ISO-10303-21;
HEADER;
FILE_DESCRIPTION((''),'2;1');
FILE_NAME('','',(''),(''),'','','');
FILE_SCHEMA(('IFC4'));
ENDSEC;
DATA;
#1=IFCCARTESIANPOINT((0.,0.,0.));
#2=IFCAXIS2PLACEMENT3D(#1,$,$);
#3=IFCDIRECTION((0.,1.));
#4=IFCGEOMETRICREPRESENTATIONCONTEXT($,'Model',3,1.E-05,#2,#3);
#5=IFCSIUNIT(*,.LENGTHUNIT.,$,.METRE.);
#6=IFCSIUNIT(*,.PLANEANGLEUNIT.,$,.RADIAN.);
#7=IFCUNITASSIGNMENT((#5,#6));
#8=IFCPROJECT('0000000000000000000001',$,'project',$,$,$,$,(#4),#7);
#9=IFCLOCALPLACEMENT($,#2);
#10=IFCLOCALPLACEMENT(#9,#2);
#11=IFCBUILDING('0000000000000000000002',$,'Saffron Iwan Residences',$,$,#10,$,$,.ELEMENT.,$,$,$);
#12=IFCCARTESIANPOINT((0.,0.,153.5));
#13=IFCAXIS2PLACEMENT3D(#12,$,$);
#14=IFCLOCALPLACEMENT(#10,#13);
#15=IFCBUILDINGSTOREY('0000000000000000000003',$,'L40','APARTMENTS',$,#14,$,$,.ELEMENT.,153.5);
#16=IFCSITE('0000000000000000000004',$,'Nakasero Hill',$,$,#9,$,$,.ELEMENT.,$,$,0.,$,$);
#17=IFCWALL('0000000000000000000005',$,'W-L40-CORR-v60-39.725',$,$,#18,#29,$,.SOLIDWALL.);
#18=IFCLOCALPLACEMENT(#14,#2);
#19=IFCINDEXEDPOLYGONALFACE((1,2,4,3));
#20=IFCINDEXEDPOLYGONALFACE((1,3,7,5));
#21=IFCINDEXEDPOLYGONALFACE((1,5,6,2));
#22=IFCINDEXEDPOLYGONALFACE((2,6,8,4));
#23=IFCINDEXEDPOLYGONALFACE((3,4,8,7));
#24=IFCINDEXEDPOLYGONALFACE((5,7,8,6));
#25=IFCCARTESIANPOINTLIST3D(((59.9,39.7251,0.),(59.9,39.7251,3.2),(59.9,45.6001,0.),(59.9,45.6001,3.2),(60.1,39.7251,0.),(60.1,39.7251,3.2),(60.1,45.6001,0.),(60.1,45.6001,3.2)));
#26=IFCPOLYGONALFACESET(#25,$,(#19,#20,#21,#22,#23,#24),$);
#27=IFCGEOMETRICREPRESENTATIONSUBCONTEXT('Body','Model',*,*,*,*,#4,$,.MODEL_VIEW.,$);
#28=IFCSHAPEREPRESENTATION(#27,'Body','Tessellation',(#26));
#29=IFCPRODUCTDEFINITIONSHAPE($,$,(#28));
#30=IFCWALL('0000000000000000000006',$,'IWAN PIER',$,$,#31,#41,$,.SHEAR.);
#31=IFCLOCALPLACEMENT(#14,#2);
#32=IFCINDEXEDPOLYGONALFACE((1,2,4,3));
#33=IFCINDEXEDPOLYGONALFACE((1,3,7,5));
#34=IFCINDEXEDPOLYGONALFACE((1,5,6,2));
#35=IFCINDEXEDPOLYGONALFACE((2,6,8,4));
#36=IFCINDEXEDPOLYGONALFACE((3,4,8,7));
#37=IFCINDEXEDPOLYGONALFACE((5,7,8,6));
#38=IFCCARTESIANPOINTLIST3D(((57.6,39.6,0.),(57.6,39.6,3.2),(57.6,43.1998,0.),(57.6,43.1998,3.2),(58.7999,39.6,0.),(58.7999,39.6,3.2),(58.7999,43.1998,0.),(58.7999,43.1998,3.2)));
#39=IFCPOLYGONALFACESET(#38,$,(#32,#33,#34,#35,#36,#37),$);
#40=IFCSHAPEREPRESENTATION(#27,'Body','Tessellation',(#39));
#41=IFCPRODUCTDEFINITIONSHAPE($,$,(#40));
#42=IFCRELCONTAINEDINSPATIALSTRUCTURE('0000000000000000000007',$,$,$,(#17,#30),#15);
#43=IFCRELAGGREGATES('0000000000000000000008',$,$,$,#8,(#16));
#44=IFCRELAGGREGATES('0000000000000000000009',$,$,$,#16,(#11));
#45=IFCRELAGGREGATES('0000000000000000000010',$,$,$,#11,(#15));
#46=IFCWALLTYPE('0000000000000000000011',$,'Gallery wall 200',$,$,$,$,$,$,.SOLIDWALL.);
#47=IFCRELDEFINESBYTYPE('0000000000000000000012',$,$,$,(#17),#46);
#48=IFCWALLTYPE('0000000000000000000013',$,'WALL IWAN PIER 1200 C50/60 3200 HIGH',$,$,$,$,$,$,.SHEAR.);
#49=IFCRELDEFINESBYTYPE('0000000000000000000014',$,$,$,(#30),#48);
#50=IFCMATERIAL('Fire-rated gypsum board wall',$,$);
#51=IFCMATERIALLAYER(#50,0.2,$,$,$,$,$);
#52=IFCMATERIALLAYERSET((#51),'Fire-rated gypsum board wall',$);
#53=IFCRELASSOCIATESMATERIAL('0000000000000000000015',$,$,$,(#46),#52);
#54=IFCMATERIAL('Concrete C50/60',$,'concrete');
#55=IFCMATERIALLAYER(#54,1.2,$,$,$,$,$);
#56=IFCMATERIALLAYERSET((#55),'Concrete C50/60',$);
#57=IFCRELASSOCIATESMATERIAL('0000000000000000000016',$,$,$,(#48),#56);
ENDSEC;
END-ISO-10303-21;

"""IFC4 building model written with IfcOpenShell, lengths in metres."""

from ifc_helpers import new_model, si_unit, direction, frame, frame_2d, origin, place, context, subcontext, project, spatial, rectangle, extrude, material, layer, layer_set, type_object, element, save


model = new_model("IFC4")

# Units and contexts
model_context = context("Model", 3, precision=1e-05, world=origin(), true_north=direction((0.0, 1.0)))
body_context = subcontext(model_context, "Body", "Model", "MODEL_VIEW")
ifc_project = project(units=[si_unit("LENGTHUNIT", "METRE"), si_unit("PLANEANGLEUNIT", "RADIAN")], contexts=[model_context])

# Site, building, storey
site_placement = place(None, origin())
site = spatial("IfcSite", under=ifc_project, at=site_placement, Name="Nakasero Hill", CompositionType="ELEMENT", RefElevation=0.0)
building_placement = place(site_placement, origin())
building = spatial("IfcBuilding", under=site, at=building_placement, Name="Saffron Iwan Residences", CompositionType="ELEMENT")
storey_placement = place(building_placement, frame((0.0, 0.0, 153.5)))
storey = spatial("IfcBuildingStorey", under=building, at=storey_placement, Name="L40", Description="APARTMENTS", CompositionType="ELEMENT", Elevation=153.5)

# Shared definitions
ifc_material_1 = material(Name="Concrete C50/60", Category="concrete")

# Walls
ifc_material_2 = material(Name="Fire-rated gypsum board wall")
ifc_layer_1 = layer(ifc_material_2, 0.2)
ifc_layer_set_1 = layer_set([ifc_layer_1], Name="Fire-rated gypsum board wall")
wall_type_1 = type_object("IfcWallType", Name="Gallery wall 200", PredefinedType="SOLIDWALL", material=ifc_layer_set_1)
wall_1_placement = place(storey_placement, frame((60.0, 39.7251, 0.0), z_axis=(0.0, 0.0, 1.0), x_axis=(0.0, 1.0, 0.0)))
element("IfcWall", 1, at=wall_1_placement, inside=storey, type_object=wall_type_1, Name="W-L40-CORR-v60-39.725", PredefinedType="SOLIDWALL", context=body_context, shape_type="SweptSolid", body=[
    extrude(rectangle(XDim=5.875, YDim=0.2, at=frame_2d((2.9375, 0.0))), origin(), (0.0, 0.0, 1.0), 3.2),
])
ifc_layer_2 = layer(ifc_material_1, 1.2)
ifc_layer_set_2 = layer_set([ifc_layer_2], Name="Concrete C50/60")
wall_type_2 = type_object("IfcWallType", Name="WALL IWAN PIER 1200 C50/60 3200 HIGH", PredefinedType="SHEAR", material=ifc_layer_set_2)
wall_2_placement = place(storey_placement, frame((58.2, 39.6001, 0.0), z_axis=(0.0, 0.0, 1.0), x_axis=(0.0, 1.0, 0.0)))
element("IfcWall", 2, at=wall_2_placement, inside=storey, type_object=wall_type_2, Name="IWAN PIER", PredefinedType="SHEAR", context=body_context, shape_type="SweptSolid", body=[
    extrude(rectangle(XDim=3.5999, YDim=1.2, at=frame_2d((1.7998, 0.0))), origin(), (0.0, 0.0, 1.0), 3.2),
])

save(model, "model.ifc")
